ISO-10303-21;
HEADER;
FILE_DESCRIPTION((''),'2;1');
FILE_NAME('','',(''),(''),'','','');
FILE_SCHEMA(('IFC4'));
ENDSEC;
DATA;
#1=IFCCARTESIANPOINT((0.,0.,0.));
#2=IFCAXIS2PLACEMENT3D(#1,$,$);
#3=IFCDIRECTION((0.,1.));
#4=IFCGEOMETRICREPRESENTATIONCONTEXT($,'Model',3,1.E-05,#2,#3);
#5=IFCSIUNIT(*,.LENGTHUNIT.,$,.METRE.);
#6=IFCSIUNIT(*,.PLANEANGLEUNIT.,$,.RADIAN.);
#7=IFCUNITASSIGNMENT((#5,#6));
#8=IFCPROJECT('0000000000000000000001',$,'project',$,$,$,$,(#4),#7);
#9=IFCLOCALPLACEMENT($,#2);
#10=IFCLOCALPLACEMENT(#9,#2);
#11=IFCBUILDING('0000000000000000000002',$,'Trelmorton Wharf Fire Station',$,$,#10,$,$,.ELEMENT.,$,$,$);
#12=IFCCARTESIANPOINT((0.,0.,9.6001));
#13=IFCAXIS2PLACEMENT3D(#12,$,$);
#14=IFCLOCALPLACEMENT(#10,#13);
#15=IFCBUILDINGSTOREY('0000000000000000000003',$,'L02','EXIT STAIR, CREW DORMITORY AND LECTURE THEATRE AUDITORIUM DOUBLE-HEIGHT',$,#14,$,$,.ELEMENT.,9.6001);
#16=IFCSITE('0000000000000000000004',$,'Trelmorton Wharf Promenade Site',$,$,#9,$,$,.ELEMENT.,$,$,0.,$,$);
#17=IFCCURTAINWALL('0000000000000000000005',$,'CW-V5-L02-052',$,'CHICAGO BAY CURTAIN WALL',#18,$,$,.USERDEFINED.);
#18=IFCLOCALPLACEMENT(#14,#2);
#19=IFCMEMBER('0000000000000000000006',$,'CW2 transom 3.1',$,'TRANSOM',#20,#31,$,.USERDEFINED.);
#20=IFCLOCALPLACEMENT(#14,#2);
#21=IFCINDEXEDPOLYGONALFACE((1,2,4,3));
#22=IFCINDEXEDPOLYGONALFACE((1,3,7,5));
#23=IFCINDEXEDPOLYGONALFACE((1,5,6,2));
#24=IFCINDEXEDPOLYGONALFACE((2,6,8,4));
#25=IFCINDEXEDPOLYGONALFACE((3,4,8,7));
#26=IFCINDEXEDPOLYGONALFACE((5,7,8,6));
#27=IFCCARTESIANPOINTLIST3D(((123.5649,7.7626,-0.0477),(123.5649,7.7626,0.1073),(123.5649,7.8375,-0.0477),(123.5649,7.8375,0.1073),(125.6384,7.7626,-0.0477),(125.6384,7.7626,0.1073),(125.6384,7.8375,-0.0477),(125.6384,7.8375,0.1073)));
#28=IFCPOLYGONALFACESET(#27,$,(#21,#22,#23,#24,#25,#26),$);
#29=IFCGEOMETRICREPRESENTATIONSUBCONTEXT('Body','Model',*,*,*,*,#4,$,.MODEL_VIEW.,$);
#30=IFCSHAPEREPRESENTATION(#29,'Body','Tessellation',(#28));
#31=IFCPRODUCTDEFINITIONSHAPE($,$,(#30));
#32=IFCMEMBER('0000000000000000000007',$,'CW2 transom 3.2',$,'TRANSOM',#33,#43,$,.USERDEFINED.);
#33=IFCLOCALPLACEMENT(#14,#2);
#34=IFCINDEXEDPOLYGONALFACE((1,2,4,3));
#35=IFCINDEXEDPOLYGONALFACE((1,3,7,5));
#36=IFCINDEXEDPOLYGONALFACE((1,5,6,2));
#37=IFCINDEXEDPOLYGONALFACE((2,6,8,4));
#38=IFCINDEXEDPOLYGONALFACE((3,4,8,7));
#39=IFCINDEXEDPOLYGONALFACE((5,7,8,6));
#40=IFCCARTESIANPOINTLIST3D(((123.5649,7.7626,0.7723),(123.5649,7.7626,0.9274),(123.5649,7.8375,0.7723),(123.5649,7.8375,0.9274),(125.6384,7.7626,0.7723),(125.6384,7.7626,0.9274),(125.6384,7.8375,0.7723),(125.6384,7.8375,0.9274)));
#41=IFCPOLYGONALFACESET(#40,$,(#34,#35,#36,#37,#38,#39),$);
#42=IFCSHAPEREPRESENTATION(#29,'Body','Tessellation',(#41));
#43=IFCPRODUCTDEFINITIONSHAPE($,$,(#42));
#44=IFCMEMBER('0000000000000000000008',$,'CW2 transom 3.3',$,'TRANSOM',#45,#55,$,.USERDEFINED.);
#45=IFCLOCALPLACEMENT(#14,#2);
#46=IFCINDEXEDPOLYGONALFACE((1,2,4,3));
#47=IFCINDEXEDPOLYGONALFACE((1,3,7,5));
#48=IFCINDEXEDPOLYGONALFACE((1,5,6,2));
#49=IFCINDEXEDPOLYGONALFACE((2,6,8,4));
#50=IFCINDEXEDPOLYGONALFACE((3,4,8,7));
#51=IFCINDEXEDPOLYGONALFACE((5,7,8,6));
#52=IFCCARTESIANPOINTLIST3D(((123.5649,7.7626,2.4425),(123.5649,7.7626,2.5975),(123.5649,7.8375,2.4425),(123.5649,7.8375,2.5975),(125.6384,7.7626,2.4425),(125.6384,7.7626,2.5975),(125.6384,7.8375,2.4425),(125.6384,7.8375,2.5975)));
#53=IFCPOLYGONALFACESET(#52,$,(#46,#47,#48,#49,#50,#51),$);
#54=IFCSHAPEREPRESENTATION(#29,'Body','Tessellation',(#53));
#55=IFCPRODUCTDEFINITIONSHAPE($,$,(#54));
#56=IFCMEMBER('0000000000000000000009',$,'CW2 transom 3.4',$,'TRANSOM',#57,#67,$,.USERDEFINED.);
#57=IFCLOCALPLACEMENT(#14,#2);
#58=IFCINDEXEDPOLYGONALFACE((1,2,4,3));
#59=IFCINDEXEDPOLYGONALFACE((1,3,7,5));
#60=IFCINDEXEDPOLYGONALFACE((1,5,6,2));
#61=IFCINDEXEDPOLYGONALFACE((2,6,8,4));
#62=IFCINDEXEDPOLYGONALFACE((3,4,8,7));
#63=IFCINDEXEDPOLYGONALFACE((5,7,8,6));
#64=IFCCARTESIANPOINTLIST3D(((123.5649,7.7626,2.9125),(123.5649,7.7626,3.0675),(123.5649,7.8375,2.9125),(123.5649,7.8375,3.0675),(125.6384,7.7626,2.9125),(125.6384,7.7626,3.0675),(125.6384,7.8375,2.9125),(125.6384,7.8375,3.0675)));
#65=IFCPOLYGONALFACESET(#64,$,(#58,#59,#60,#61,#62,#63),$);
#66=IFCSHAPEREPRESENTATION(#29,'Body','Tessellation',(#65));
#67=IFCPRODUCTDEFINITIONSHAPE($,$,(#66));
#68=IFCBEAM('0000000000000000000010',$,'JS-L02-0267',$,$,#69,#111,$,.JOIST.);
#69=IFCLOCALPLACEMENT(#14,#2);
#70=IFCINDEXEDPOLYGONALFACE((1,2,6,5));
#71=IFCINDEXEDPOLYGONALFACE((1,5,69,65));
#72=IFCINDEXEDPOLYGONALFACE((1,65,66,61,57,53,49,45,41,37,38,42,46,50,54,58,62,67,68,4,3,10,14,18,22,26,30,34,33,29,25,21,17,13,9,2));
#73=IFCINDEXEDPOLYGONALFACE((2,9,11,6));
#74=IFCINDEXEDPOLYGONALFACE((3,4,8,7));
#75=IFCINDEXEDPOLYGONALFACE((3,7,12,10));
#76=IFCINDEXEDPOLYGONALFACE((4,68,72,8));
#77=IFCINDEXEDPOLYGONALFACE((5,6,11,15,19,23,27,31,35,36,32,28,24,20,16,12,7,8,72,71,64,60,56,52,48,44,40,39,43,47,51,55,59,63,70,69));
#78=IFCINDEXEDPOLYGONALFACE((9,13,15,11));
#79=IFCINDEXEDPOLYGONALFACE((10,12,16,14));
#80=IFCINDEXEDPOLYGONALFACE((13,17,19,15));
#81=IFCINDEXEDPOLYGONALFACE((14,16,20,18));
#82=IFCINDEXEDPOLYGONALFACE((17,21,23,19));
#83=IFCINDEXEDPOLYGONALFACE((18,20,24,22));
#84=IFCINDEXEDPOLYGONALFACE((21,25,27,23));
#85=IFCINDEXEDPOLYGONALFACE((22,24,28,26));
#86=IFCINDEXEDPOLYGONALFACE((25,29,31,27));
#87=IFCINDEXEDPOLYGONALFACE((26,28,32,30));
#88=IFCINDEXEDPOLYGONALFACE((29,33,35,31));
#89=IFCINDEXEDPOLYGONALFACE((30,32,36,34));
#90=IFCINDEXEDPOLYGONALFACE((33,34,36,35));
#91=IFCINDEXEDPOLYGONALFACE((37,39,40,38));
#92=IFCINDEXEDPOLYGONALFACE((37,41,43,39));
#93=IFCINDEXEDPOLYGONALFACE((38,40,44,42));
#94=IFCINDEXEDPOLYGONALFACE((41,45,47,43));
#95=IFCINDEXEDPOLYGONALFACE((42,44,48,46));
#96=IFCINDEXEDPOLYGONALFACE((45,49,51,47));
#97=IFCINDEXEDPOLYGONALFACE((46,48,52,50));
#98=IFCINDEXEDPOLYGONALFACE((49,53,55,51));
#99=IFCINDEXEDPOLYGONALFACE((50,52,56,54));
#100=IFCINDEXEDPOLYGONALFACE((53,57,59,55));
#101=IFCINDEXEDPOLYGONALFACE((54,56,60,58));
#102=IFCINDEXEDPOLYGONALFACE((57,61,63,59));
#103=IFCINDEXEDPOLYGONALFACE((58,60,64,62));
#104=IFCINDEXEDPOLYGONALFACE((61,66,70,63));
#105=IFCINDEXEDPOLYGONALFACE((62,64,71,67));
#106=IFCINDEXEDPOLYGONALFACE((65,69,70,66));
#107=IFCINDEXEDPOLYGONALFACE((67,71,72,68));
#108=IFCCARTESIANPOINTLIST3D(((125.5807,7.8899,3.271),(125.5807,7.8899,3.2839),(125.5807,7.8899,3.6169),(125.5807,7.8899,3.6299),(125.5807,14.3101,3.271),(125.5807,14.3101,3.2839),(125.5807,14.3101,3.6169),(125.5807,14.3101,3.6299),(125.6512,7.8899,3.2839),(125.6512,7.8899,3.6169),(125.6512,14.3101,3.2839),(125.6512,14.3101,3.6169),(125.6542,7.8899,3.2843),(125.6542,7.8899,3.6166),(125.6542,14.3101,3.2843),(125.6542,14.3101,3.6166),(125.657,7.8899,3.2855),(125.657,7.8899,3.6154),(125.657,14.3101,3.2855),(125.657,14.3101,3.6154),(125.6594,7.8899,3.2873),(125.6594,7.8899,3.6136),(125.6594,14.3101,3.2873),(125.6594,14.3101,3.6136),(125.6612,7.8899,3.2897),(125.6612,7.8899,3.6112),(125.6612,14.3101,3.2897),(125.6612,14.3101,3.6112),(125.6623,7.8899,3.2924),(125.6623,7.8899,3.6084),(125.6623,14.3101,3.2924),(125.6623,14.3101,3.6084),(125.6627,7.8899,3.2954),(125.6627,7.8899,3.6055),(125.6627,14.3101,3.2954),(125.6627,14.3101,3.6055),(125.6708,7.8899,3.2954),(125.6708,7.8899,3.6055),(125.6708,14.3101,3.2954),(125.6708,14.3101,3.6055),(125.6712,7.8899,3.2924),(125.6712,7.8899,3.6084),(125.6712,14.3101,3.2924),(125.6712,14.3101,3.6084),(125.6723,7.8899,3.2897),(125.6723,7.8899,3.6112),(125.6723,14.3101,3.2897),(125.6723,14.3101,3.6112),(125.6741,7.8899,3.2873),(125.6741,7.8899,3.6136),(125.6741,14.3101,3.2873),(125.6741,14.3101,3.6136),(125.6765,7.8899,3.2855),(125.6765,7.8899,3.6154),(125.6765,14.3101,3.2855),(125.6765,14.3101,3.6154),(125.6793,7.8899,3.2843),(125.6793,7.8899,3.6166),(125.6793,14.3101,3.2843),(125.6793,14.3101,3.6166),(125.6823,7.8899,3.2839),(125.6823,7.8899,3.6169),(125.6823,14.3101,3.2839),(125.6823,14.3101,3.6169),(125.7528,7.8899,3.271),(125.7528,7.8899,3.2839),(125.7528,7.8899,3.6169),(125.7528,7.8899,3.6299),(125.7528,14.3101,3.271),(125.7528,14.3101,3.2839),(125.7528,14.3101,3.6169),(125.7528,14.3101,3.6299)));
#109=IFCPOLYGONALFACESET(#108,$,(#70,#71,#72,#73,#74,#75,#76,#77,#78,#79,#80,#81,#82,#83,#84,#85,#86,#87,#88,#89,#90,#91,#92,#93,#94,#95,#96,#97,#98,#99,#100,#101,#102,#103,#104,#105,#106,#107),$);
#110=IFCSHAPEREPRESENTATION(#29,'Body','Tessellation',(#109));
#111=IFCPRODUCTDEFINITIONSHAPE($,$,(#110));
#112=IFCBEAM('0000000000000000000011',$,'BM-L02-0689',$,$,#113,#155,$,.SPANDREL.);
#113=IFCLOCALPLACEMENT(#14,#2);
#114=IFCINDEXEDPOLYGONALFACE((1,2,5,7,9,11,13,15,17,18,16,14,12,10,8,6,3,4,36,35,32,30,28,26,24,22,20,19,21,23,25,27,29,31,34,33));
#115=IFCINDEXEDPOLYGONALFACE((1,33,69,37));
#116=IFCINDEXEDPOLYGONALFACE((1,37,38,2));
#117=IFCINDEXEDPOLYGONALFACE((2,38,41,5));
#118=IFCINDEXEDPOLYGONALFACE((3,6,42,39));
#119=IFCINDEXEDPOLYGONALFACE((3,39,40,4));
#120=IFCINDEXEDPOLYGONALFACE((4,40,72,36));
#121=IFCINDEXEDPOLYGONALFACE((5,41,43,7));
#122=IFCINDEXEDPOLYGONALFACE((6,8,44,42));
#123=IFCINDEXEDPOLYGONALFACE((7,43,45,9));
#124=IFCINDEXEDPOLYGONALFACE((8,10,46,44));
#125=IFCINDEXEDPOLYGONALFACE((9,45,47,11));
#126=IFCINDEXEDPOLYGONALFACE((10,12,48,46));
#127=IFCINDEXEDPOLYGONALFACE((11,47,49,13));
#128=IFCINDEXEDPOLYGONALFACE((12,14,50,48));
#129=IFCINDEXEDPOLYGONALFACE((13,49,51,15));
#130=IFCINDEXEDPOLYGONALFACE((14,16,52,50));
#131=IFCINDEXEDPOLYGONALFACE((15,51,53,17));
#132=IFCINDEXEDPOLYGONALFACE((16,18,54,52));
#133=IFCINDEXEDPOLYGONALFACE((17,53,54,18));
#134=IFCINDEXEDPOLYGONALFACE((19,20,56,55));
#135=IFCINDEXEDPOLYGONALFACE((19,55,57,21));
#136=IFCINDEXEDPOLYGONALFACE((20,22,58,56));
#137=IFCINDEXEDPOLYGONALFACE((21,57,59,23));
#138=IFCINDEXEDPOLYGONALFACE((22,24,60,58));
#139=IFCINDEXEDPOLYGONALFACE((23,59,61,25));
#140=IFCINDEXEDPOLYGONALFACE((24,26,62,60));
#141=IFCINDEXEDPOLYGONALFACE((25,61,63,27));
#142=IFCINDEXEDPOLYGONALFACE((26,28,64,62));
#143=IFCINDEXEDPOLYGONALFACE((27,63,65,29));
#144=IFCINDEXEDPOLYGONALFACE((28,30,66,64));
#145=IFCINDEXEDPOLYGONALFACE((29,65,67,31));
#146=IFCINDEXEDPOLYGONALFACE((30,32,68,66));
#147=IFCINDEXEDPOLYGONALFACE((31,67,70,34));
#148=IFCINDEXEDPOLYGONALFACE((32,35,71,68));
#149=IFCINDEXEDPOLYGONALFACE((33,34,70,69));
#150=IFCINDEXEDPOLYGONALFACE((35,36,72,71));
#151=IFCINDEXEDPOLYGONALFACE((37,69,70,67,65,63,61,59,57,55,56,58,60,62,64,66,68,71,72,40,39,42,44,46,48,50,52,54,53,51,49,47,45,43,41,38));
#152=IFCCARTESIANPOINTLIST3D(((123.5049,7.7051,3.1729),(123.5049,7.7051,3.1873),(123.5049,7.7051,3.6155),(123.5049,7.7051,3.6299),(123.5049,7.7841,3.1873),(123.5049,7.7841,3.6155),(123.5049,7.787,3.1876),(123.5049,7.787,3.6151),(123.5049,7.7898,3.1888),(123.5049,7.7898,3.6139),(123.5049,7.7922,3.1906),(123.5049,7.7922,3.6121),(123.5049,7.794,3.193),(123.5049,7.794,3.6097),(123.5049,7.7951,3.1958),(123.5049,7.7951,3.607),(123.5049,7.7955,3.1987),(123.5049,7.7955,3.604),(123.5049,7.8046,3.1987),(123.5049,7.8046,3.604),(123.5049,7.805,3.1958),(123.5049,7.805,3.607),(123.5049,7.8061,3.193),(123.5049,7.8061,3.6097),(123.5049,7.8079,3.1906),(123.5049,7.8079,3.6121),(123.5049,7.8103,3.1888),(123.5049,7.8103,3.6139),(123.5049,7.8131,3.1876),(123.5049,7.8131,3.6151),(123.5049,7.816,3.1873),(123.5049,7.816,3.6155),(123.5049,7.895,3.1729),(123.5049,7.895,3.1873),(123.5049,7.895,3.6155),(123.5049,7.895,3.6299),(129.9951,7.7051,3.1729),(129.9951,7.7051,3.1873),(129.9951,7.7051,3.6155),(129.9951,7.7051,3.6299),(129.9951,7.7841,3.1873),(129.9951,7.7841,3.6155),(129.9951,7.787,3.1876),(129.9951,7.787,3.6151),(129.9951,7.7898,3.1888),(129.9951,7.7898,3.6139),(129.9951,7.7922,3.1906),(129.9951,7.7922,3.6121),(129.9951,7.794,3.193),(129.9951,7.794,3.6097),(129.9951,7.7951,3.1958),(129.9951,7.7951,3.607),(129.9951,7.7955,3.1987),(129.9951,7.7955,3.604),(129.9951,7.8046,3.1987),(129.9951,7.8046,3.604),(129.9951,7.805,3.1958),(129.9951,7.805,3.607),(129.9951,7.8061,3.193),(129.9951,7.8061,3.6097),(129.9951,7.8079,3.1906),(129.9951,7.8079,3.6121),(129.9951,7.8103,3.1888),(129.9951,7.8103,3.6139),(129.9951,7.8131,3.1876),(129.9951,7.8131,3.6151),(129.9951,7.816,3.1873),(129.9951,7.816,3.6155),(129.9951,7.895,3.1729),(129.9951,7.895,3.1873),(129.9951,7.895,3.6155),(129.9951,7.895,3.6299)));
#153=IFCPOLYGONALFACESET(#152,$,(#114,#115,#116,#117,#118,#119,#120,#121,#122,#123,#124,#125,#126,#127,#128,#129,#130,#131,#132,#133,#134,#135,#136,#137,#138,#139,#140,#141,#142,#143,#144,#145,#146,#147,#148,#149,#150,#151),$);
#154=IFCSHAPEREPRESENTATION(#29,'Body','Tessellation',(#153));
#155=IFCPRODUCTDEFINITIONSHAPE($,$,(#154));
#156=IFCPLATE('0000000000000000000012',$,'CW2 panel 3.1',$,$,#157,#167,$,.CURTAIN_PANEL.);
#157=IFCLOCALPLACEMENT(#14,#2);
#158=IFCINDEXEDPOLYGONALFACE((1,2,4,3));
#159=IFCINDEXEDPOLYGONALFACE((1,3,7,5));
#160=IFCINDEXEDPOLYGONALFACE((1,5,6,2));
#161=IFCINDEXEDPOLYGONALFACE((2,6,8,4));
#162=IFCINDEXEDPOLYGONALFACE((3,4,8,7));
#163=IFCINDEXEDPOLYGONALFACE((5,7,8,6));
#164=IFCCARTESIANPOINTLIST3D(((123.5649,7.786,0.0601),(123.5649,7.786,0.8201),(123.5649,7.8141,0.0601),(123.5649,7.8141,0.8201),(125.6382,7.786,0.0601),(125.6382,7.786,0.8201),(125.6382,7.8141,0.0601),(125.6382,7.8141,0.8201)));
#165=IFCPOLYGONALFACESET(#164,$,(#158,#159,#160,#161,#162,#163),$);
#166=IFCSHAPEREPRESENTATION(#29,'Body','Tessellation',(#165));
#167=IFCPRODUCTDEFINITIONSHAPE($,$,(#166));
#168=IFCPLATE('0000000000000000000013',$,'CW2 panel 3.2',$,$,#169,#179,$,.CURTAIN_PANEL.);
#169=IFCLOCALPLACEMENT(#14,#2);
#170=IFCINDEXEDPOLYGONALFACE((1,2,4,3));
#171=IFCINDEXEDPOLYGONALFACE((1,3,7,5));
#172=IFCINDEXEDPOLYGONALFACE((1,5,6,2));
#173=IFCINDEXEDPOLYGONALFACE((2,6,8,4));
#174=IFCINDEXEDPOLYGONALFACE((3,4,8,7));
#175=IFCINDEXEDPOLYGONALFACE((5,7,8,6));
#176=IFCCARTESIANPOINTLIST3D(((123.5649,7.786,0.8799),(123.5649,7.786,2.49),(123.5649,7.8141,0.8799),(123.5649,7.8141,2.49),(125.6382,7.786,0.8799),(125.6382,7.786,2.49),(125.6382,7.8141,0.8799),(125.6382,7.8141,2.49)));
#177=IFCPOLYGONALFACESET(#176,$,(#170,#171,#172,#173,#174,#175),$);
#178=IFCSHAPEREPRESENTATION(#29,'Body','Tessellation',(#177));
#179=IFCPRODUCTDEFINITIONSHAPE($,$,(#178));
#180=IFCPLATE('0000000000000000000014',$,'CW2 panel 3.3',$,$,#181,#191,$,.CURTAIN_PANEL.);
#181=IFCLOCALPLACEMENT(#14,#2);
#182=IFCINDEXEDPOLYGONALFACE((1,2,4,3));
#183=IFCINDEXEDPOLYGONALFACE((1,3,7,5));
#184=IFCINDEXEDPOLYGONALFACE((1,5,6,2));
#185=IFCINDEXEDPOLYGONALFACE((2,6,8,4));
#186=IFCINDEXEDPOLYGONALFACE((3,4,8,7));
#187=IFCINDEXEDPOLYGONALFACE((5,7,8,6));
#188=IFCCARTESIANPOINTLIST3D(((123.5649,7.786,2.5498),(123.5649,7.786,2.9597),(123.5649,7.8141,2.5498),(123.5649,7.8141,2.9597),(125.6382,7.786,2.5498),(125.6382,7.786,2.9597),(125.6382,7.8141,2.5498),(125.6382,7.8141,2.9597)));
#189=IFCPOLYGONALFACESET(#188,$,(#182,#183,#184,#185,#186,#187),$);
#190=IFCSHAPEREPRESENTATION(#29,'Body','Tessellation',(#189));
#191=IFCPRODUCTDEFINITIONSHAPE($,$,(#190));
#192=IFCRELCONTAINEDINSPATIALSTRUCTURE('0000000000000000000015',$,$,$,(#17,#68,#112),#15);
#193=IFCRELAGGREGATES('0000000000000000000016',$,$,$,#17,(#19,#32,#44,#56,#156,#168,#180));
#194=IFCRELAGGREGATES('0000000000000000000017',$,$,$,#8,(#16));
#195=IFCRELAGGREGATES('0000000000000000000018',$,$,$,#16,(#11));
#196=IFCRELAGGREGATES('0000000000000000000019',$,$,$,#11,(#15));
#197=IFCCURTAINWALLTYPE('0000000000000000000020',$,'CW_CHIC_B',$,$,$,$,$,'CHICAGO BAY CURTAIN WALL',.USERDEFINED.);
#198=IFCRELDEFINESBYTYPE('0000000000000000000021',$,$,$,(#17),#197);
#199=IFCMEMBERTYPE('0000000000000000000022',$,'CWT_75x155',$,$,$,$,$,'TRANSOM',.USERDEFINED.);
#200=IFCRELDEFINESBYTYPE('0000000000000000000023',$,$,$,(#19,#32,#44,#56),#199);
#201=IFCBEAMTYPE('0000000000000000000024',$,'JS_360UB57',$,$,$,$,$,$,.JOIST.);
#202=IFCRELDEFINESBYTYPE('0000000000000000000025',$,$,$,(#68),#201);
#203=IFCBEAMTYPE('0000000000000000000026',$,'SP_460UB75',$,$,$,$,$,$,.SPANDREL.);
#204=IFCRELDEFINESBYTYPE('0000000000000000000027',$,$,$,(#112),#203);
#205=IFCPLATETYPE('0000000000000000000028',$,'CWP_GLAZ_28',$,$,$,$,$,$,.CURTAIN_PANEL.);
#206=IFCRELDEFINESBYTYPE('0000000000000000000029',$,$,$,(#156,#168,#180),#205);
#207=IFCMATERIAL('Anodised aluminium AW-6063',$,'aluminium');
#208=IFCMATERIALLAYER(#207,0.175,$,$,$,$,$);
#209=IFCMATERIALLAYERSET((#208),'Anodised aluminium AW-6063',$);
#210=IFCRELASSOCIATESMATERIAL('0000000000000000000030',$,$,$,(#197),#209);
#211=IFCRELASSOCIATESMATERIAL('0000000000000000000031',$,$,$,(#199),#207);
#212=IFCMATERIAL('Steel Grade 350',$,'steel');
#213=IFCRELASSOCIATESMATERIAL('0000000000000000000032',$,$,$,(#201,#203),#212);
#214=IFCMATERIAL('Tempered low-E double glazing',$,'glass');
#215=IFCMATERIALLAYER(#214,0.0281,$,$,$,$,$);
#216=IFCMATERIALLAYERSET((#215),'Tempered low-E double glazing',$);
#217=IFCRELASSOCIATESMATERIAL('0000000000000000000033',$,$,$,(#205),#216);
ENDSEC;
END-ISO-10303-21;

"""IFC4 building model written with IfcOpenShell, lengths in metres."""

from ifc_helpers import new_model, si_unit, direction, frame, origin, origin_2d, place, context, subcontext, project, spatial, rectangle, i_section, extrude, material, layer, layer_set, material_profile, profile_set, type_object, element, aggregate, save


model = new_model("IFC4")

# Units and contexts
model_context = context("Model", 3, precision=1e-05, world=origin(), true_north=direction((0.0, 1.0)))
body_context = subcontext(model_context, "Body", "Model", "MODEL_VIEW")
ifc_project = project(units=[si_unit("LENGTHUNIT", "METRE"), si_unit("PLANEANGLEUNIT", "RADIAN")], contexts=[model_context])

# Site, building, storey
site_placement = place(None, origin())
site = spatial("IfcSite", under=ifc_project, at=site_placement, Name="Trelmorton Wharf Promenade Site", CompositionType="ELEMENT", RefElevation=0.0)
building_placement = place(site_placement, origin())
building = spatial("IfcBuilding", under=site, at=building_placement, Name="Trelmorton Wharf Fire Station", CompositionType="ELEMENT")
storey_placement = place(building_placement, frame((0.0, 0.0, 9.6001)))
storey = spatial("IfcBuildingStorey", under=building, at=storey_placement, Name="L02", Description="EXIT STAIR, CREW DORMITORY AND LECTURE THEATRE AUDITORIUM DOUBLE-HEIGHT", CompositionType="ELEMENT", Elevation=9.6001)

# Shared definitions
ifc_material_1 = material(Name="Steel Grade 350", Category="steel")

# Shared definitions
ifc_material_2 = material(Name="Anodised aluminium AW-6063", Category="aluminium")

# Curtain wall
ifc_layer_1 = layer(ifc_material_2, 0.175)
ifc_layer_set_1 = layer_set([ifc_layer_1], Name="Anodised aluminium AW-6063")
curtain_wall_type_1 = type_object("IfcCurtainWallType", Name="CW_CHIC_B", ElementType="CHICAGO BAY CURTAIN WALL", PredefinedType="USERDEFINED", material=ifc_layer_set_1)
curtain_wall_1_placement = place(storey_placement, origin())
curtain_wall_1 = element("IfcCurtainWall", 1, at=curtain_wall_1_placement, inside=storey, type_object=curtain_wall_type_1, Name="CW-V5-L02-052", ObjectType="CHICAGO BAY CURTAIN WALL", PredefinedType="USERDEFINED")

# Members
ifc_material_profile_1 = material_profile(ifc_material_2, rectangle(XDim=0.075, YDim=0.155, at=origin_2d()), Name="ALU-75x155")
ifc_profile_set_1 = profile_set([ifc_material_profile_1], Name="Anodised aluminium AW-6063")
member_type_1 = type_object("IfcMemberType", Name="CWT_75x155", ElementType="TRANSOM", PredefinedType="USERDEFINED", material=ifc_profile_set_1)
member_1_placement = place(storey_placement, frame((125.6384, 7.8, 0.0298), z_axis=(-1.0, 0.0, 0.0), x_axis=(0.0, -1.0, 0.0)))
member_1 = element("IfcMember", 2, at=member_1_placement, type_object=member_type_1, Name="CW2 transom 3.1", ObjectType="TRANSOM", PredefinedType="USERDEFINED", context=body_context, shape_type="SweptSolid", body=[
    extrude(rectangle(XDim=0.075, YDim=0.155, at=origin_2d()), origin(), (0.0, 0.0, 1.0), 2.0735),
])
member_2_placement = place(storey_placement, frame((125.6384, 7.8, 0.8499), z_axis=(-1.0, 0.0, 0.0), x_axis=(0.0, -1.0, 0.0)))
member_2 = element("IfcMember", 3, at=member_2_placement, type_object=member_type_1, Name="CW2 transom 3.2", ObjectType="TRANSOM", PredefinedType="USERDEFINED", context=body_context, shape_type="SweptSolid", body=[
    extrude(rectangle(XDim=0.075, YDim=0.155, at=origin_2d()), origin(), (0.0, 0.0, 1.0), 2.0735),
])
member_3_placement = place(storey_placement, frame((125.6384, 7.8, 2.52), z_axis=(-1.0, 0.0, 0.0), x_axis=(0.0, -1.0, 0.0)))
member_3 = element("IfcMember", 4, at=member_3_placement, type_object=member_type_1, Name="CW2 transom 3.3", ObjectType="TRANSOM", PredefinedType="USERDEFINED", context=body_context, shape_type="SweptSolid", body=[
    extrude(rectangle(XDim=0.075, YDim=0.155, at=origin_2d()), origin(), (0.0, 0.0, 1.0), 2.0735),
])
member_4_placement = place(storey_placement, frame((125.6384, 7.8, 2.99), z_axis=(-1.0, 0.0, 0.0), x_axis=(0.0, -1.0, 0.0)))
member_4 = element("IfcMember", 5, at=member_4_placement, type_object=member_type_1, Name="CW2 transom 3.4", ObjectType="TRANSOM", PredefinedType="USERDEFINED", context=body_context, shape_type="SweptSolid", body=[
    extrude(rectangle(XDim=0.075, YDim=0.155, at=origin_2d()), origin(), (0.0, 0.0, 1.0), 2.0735),
])

# Beams
ifc_material_profile_2 = material_profile(ifc_material_1, i_section(OverallWidth=0.1721, OverallDepth=0.3589, WebThickness=0.0081, FlangeThickness=0.0129, FilletRadius=0.0115, at=origin_2d()), Name="360UB56.7")
ifc_profile_set_2 = profile_set([ifc_material_profile_2], Name="Steel Grade 350")
beam_type_1 = type_object("IfcBeamType", Name="JS_360UB57", PredefinedType="JOIST", material=ifc_profile_set_2)
beam_1_placement = place(storey_placement, frame((125.6667, 7.8899, 3.4504), z_axis=(0.0, 1.0, 0.0), x_axis=(-1.0, 0.0, 0.0)))
element("IfcBeam", 6, at=beam_1_placement, inside=storey, type_object=beam_type_1, Name="JS-L02-0267", PredefinedType="JOIST", context=body_context, shape_type="SweptSolid", body=[
    extrude(i_section(OverallWidth=0.1721, OverallDepth=0.3589, WebThickness=0.0081, FlangeThickness=0.0129, FilletRadius=0.0115, at=origin_2d()), origin(), (0.0, 0.0, 1.0), 6.4202),
])
ifc_material_profile_3 = material_profile(ifc_material_1, i_section(OverallWidth=0.1899, OverallDepth=0.457, WebThickness=0.009, FlangeThickness=0.0144, FilletRadius=0.0115, at=origin_2d()), Name="460UB74.6")
ifc_profile_set_3 = profile_set([ifc_material_profile_3], Name="Steel Grade 350")
beam_type_2 = type_object("IfcBeamType", Name="SP_460UB75", PredefinedType="SPANDREL", material=ifc_profile_set_3)
beam_2_placement = place(storey_placement, frame((123.5049, 7.8, 3.4014), z_axis=(1.0, 0.0, 0.0), x_axis=(0.0, 1.0, 0.0)))
element("IfcBeam", 7, at=beam_2_placement, inside=storey, type_object=beam_type_2, Name="BM-L02-0689", PredefinedType="SPANDREL", context=body_context, shape_type="SweptSolid", body=[
    extrude(i_section(OverallWidth=0.1899, OverallDepth=0.457, WebThickness=0.009, FlangeThickness=0.0144, FilletRadius=0.0115, at=origin_2d()), origin(), (0.0, 0.0, 1.0), 6.4902),
])

# Plates
ifc_material_3 = material(Name="Tempered low-E double glazing", Category="glass")
ifc_layer_2 = layer(ifc_material_3, 0.0281)
ifc_layer_set_2 = layer_set([ifc_layer_2], Name="Tempered low-E double glazing")
plate_type_1 = type_object("IfcPlateType", Name="CWP_GLAZ_28", PredefinedType="CURTAIN_PANEL", material=ifc_layer_set_2)
plate_1_placement = place(storey_placement, frame((124.6016, 7.8, 0.0601), z_axis=(0.0, 0.0, 1.0), x_axis=(-1.0, 0.0, 0.0)))
plate_1 = element("IfcPlate", 8, at=plate_1_placement, type_object=plate_type_1, Name="CW2 panel 3.1", PredefinedType="CURTAIN_PANEL", context=body_context, shape_type="SweptSolid", body=[
    extrude(rectangle(XDim=2.0732, YDim=0.0281, at=origin_2d()), origin(), (0.0, 0.0, 1.0), 0.76),
])
plate_2_placement = place(storey_placement, frame((124.6016, 7.8, 0.8799), z_axis=(0.0, 0.0, 1.0), x_axis=(-1.0, 0.0, 0.0)))
plate_2 = element("IfcPlate", 9, at=plate_2_placement, type_object=plate_type_1, Name="CW2 panel 3.2", PredefinedType="CURTAIN_PANEL", context=body_context, shape_type="SweptSolid", body=[
    extrude(rectangle(XDim=2.0732, YDim=0.0281, at=origin_2d()), origin(), (0.0, 0.0, 1.0), 1.6101),
])
plate_3_placement = place(storey_placement, frame((124.6016, 7.8, 2.5498), z_axis=(0.0, 0.0, 1.0), x_axis=(-1.0, 0.0, 0.0)))
plate_3 = element("IfcPlate", 10, at=plate_3_placement, type_object=plate_type_1, Name="CW2 panel 3.3", PredefinedType="CURTAIN_PANEL", context=body_context, shape_type="SweptSolid", body=[
    extrude(rectangle(XDim=2.0732, YDim=0.0281, at=origin_2d()), origin(), (0.0, 0.0, 1.0), 0.4099),
])
aggregate(curtain_wall_1, [member_1, member_2, member_3, member_4, plate_1, plate_2, plate_3])

save(model, "model.ifc")
